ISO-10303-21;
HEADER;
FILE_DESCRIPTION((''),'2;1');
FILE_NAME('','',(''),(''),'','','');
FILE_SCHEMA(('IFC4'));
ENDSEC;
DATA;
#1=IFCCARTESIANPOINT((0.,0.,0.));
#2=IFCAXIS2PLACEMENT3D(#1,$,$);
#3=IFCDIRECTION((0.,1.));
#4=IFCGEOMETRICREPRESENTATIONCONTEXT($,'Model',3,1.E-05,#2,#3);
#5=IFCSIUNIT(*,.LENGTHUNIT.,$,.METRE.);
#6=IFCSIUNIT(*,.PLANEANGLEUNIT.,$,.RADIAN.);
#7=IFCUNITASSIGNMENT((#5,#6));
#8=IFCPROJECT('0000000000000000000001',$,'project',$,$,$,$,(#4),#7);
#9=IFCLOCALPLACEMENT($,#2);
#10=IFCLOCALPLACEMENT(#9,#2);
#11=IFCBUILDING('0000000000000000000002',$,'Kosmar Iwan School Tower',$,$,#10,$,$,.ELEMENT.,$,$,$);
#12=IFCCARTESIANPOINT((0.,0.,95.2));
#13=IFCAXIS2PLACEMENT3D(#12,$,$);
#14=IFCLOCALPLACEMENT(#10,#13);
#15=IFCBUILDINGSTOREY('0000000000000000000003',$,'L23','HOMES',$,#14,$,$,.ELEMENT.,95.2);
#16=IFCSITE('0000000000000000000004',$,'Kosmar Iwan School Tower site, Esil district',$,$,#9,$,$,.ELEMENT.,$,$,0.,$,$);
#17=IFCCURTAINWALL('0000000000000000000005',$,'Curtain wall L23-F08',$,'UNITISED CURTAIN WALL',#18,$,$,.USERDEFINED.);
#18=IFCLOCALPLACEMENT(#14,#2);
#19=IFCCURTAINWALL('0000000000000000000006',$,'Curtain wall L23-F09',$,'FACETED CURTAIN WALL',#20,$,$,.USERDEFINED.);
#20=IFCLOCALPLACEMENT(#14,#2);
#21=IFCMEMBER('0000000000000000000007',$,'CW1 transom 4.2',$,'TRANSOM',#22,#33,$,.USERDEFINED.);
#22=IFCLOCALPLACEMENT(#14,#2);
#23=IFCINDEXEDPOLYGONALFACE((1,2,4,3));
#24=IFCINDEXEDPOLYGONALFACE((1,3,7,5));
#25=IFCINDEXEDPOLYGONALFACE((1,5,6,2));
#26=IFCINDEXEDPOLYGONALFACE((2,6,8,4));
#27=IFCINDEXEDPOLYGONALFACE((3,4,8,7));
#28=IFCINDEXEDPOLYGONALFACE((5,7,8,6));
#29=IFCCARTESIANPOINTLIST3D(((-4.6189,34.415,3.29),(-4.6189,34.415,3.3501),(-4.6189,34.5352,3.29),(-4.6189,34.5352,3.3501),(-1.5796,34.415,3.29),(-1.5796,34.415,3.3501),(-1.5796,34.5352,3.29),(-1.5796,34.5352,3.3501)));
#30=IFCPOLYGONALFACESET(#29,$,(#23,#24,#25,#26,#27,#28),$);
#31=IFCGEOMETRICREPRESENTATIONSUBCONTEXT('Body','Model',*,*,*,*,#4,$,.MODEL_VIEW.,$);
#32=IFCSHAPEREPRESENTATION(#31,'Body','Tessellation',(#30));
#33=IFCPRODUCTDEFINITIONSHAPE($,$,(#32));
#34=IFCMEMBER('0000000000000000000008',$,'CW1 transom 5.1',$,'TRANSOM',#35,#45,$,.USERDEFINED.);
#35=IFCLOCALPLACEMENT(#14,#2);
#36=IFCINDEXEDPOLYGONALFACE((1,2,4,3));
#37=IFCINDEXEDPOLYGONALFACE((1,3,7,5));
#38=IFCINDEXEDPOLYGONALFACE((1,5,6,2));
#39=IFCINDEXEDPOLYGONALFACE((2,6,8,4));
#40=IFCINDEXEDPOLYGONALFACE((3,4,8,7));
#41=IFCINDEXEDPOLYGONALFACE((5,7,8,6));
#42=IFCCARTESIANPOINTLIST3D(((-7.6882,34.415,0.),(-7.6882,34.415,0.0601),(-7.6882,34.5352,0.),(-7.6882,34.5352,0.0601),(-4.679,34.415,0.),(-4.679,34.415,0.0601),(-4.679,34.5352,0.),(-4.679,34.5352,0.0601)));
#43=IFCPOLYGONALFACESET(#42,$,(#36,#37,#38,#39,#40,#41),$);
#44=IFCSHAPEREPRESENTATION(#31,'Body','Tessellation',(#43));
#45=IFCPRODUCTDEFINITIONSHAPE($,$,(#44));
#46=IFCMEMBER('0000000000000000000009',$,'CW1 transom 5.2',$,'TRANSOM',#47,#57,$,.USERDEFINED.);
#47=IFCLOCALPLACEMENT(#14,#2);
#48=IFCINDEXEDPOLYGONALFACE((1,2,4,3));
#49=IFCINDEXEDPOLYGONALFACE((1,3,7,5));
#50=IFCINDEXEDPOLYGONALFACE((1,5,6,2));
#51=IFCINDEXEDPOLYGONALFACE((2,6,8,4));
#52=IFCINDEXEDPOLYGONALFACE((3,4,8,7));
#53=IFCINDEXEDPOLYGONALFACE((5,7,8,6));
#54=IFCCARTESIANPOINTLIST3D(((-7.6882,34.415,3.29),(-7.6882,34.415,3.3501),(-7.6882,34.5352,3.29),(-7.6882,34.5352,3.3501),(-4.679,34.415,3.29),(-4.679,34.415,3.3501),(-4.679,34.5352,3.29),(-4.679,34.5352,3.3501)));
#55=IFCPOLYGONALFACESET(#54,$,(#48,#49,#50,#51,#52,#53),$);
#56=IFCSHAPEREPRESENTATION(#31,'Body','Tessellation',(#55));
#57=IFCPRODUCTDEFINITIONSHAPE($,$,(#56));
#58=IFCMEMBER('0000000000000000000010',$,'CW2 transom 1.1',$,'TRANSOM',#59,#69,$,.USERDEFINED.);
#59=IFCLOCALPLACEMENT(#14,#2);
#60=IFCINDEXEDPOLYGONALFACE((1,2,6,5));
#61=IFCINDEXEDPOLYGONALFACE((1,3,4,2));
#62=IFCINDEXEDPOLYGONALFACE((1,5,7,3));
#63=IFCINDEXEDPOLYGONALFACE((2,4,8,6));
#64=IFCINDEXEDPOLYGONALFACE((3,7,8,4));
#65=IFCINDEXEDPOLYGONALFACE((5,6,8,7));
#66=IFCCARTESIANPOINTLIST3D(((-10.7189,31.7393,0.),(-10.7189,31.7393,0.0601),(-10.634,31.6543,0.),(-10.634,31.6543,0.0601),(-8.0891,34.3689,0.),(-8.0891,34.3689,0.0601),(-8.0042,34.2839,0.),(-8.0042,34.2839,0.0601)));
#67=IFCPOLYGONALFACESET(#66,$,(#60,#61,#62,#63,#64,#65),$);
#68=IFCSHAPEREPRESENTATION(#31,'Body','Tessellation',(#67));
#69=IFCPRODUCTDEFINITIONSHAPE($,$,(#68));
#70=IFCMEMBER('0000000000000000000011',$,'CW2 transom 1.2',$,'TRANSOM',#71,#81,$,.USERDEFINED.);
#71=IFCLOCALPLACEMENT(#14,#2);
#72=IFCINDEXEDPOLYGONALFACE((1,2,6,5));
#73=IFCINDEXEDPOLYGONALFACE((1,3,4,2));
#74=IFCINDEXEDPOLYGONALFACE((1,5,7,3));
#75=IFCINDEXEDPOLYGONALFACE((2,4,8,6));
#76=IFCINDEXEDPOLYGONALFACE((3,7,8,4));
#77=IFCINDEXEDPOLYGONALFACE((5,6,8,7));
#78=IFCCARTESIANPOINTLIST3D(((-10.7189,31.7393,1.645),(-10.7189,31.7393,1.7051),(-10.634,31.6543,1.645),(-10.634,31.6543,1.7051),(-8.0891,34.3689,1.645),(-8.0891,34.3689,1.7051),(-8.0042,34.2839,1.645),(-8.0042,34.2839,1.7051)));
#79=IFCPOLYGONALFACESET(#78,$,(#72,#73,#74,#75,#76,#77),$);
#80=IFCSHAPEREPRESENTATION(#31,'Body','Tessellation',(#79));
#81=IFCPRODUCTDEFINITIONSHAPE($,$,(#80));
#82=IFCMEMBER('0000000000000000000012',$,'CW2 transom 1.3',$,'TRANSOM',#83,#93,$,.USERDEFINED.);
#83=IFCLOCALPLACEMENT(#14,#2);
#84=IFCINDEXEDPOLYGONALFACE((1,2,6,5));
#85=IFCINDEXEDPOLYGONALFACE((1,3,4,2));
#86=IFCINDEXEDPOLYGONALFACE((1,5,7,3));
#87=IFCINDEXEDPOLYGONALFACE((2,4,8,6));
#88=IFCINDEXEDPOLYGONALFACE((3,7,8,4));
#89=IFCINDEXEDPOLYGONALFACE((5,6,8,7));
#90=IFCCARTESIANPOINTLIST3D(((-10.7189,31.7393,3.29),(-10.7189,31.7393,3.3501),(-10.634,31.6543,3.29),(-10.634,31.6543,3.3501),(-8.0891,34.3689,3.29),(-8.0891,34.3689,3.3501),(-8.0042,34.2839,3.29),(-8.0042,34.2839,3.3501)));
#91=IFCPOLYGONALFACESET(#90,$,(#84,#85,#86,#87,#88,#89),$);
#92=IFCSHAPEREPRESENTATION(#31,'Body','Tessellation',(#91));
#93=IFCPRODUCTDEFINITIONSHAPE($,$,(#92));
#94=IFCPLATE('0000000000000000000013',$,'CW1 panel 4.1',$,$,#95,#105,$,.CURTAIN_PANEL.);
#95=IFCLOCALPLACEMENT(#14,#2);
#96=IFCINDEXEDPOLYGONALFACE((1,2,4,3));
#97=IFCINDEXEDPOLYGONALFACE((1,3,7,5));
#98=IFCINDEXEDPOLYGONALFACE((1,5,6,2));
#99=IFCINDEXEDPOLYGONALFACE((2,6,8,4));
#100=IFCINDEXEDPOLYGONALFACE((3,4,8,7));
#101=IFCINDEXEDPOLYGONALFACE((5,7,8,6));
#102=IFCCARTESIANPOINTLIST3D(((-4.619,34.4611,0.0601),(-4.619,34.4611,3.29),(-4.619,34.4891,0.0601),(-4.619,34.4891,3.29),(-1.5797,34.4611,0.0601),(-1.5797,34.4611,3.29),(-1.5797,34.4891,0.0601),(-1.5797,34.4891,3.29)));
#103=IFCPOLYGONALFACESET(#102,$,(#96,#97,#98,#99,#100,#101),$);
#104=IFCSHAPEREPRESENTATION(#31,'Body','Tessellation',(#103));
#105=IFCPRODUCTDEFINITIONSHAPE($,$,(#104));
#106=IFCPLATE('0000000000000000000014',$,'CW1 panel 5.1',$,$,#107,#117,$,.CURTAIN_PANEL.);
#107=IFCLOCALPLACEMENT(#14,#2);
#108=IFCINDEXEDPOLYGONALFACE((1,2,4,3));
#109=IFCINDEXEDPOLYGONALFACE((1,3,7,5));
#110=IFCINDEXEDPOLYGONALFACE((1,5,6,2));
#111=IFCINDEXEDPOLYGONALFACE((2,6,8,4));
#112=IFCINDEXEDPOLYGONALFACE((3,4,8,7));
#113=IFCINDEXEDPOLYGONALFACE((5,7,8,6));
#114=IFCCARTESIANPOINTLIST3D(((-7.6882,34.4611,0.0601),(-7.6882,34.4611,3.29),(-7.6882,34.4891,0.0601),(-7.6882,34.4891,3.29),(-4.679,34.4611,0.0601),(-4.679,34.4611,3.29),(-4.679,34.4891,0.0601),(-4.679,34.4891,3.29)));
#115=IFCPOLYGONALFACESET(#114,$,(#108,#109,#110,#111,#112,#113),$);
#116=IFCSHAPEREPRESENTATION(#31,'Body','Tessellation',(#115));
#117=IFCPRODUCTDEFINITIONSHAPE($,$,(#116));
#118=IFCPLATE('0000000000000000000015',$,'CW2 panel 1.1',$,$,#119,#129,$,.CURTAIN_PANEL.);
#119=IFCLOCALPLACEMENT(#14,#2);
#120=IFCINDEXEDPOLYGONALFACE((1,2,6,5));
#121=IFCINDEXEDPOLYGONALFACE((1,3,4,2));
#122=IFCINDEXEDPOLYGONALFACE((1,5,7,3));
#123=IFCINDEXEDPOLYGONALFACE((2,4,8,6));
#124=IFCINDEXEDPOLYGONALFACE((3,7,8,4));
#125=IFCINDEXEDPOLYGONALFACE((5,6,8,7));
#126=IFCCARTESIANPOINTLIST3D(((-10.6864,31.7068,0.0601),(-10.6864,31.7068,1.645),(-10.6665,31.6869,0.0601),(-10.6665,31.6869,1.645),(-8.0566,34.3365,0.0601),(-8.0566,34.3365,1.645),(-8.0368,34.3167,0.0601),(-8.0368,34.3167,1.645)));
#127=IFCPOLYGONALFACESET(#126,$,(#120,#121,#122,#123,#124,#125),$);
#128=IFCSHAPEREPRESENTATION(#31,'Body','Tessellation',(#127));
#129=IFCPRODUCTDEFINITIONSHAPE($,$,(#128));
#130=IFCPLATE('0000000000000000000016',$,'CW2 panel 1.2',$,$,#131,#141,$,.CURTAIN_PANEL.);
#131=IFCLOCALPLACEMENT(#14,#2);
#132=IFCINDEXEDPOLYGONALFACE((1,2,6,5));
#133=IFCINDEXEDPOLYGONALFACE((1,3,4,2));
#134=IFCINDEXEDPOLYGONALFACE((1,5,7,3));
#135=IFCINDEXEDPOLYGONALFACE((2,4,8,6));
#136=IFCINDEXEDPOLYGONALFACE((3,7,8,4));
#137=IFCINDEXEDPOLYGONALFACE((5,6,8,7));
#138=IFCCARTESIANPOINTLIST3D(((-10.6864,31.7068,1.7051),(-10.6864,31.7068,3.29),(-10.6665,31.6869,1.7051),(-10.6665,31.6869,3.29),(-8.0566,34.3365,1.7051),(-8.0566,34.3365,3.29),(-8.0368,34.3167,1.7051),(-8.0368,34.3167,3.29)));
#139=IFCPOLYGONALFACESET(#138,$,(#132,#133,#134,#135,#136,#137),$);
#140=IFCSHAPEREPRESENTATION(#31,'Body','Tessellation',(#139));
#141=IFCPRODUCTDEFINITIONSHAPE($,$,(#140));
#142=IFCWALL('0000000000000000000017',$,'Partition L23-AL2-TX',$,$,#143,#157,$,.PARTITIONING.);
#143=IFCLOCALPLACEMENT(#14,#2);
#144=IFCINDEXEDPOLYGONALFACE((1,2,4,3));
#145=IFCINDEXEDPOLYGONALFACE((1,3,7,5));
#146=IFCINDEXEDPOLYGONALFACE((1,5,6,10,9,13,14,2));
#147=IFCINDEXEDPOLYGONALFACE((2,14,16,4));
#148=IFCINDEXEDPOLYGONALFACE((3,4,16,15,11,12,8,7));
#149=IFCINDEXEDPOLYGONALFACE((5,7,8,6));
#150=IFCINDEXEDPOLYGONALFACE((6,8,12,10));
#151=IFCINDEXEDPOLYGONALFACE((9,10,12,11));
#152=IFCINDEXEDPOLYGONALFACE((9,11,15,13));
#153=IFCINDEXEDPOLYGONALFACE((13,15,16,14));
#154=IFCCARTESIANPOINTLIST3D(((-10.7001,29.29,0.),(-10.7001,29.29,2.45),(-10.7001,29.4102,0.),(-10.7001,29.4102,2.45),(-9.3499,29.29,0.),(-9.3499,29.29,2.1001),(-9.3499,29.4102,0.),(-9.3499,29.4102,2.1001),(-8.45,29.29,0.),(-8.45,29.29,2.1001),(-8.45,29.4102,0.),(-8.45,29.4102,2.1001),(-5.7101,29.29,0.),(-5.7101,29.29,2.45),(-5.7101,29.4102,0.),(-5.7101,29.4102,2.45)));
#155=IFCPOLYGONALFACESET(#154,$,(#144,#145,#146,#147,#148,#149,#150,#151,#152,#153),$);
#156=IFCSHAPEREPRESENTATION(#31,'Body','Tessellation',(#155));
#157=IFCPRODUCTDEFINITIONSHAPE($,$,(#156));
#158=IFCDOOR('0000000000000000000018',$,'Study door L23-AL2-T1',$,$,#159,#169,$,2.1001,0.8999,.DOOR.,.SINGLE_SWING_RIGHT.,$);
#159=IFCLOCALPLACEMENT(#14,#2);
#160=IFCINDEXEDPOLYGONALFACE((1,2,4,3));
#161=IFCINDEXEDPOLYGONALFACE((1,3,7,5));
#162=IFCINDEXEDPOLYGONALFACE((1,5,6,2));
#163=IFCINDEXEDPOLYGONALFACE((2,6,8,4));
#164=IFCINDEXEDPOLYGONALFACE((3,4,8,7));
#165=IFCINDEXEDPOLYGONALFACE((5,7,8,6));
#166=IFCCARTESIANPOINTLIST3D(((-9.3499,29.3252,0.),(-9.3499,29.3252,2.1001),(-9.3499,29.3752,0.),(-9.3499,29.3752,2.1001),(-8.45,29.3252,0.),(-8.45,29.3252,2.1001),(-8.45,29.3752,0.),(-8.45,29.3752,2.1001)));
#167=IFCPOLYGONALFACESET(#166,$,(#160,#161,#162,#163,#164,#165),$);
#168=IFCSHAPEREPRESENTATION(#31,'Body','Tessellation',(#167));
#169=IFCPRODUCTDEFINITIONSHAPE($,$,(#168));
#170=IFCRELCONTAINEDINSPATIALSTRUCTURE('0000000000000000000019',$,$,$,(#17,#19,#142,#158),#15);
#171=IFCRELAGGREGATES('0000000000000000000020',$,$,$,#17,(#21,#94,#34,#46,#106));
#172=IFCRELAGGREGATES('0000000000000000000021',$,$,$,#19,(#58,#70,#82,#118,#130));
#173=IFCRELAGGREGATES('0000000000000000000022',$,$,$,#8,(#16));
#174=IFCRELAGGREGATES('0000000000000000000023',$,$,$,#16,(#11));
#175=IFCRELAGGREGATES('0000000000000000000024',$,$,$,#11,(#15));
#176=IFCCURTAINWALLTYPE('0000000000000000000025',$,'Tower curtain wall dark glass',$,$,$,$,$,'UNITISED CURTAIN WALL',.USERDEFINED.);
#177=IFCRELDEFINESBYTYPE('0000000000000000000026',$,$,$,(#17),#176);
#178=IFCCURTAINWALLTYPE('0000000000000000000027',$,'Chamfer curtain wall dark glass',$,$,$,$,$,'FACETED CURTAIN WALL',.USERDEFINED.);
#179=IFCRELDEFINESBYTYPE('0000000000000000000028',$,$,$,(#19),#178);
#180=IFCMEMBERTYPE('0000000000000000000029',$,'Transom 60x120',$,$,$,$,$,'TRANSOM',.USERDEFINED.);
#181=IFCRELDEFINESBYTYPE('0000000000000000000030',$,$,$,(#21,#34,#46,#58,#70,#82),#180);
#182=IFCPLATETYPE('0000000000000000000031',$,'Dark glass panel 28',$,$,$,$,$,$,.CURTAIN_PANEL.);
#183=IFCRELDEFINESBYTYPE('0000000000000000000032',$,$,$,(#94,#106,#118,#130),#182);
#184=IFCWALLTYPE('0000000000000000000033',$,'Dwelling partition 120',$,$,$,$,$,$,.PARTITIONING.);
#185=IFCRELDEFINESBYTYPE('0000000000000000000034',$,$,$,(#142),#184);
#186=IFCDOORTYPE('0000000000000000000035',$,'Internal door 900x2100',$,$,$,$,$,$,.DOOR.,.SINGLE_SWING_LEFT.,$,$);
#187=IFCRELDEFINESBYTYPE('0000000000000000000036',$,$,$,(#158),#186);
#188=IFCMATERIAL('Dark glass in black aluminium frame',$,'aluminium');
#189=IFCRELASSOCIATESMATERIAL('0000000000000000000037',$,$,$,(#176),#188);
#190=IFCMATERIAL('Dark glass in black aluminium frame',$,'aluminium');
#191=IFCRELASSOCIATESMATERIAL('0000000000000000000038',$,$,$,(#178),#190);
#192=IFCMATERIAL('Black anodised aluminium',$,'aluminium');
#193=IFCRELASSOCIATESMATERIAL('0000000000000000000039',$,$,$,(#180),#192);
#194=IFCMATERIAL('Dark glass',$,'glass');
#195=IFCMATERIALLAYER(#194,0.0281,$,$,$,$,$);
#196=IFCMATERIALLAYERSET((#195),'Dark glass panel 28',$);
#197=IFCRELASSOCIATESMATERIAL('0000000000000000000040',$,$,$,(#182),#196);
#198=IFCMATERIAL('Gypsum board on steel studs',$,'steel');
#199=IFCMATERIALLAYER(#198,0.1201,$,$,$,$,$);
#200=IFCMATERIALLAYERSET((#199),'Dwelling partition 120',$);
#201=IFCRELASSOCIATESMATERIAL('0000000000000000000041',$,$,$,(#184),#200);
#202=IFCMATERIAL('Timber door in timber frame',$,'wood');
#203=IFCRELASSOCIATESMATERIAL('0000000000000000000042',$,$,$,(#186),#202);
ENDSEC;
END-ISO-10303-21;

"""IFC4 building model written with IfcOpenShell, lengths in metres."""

from ifc_helpers import new_model, si_unit, direction, frame, frame_2d, origin, origin_2d, place, context, subcontext, project, spatial, rectangle, extrude, material, layer, layer_set, material_profile, profile_set, type_object, element, fill, aggregate, save


model = new_model("IFC4")

# Units and contexts
model_context = context("Model", 3, precision=1e-05, world=origin(), true_north=direction((0.0, 1.0)))
body_context = subcontext(model_context, "Body", "Model", "MODEL_VIEW")
ifc_project = project(units=[si_unit("LENGTHUNIT", "METRE"), si_unit("PLANEANGLEUNIT", "RADIAN")], contexts=[model_context])

# Site, building, storey
site_placement = place(None, origin())
site = spatial("IfcSite", under=ifc_project, at=site_placement, Name="Kosmar Iwan School Tower site, Esil district", CompositionType="ELEMENT", RefElevation=0.0)
building_placement = place(site_placement, origin())
building = spatial("IfcBuilding", under=site, at=building_placement, Name="Kosmar Iwan School Tower", CompositionType="ELEMENT")
storey_placement = place(building_placement, frame((0.0, 0.0, 95.2)))
storey = spatial("IfcBuildingStorey", under=building, at=storey_placement, Name="L23", Description="HOMES", CompositionType="ELEMENT", Elevation=95.2)

# Curtain walls
ifc_material_1 = material(Name="Dark glass in black aluminium frame", Category="aluminium")
curtain_wall_type_1 = type_object("IfcCurtainWallType", Name="Tower curtain wall dark glass", ElementType="UNITISED CURTAIN WALL", PredefinedType="USERDEFINED", material=ifc_material_1)
curtain_wall_1_placement = place(storey_placement, origin())
curtain_wall_1 = element("IfcCurtainWall", 1, at=curtain_wall_1_placement, inside=storey, type_object=curtain_wall_type_1, Name="Curtain wall L23-F08", ObjectType="UNITISED CURTAIN WALL", PredefinedType="USERDEFINED")
ifc_material_2 = material(Name="Dark glass in black aluminium frame", Category="aluminium")
curtain_wall_type_2 = type_object("IfcCurtainWallType", Name="Chamfer curtain wall dark glass", ElementType="FACETED CURTAIN WALL", PredefinedType="USERDEFINED", material=ifc_material_2)
curtain_wall_2_placement = place(storey_placement, origin())
curtain_wall_2 = element("IfcCurtainWall", 2, at=curtain_wall_2_placement, inside=storey, type_object=curtain_wall_type_2, Name="Curtain wall L23-F09", ObjectType="FACETED CURTAIN WALL", PredefinedType="USERDEFINED")

# Members
ifc_material_3 = material(Name="Black anodised aluminium", Category="aluminium")
ifc_material_profile_1 = material_profile(ifc_material_3, rectangle(XDim=0.1201, YDim=0.0601, at=origin_2d()), Name="TRANSOM 60x120")
ifc_profile_set_1 = profile_set([ifc_material_profile_1], Name="Black anodised aluminium")
member_type_1 = type_object("IfcMemberType", Name="Transom 60x120", ElementType="TRANSOM", PredefinedType="USERDEFINED", material=ifc_profile_set_1)
member_1_placement = place(storey_placement, frame((-1.5796, 34.4751, 3.3201), z_axis=(-1.0, 0.0, 0.0), x_axis=(0.0, -1.0, 0.0)))
member_1 = element("IfcMember", 3, at=member_1_placement, type_object=member_type_1, Name="CW1 transom 4.2", ObjectType="TRANSOM", PredefinedType="USERDEFINED", context=body_context, shape_type="SweptSolid", body=[
    extrude(rectangle(XDim=0.1201, YDim=0.0601, at=origin_2d()), origin(), (0.0, 0.0, 1.0), 3.0393),
])
member_2_placement = place(storey_placement, frame((-4.679, 34.4751, 0.03), z_axis=(-1.0, 0.0, 0.0), x_axis=(0.0, -1.0, 0.0)))
member_2 = element("IfcMember", 4, at=member_2_placement, type_object=member_type_1, Name="CW1 transom 5.1", ObjectType="TRANSOM", PredefinedType="USERDEFINED", context=body_context, shape_type="SweptSolid", body=[
    extrude(rectangle(XDim=0.1201, YDim=0.0601, at=origin_2d()), origin(), (0.0, 0.0, 1.0), 3.0093),
])
member_3_placement = place(storey_placement, frame((-4.679, 34.4751, 3.3201), z_axis=(-1.0, 0.0, 0.0), x_axis=(0.0, -1.0, 0.0)))
member_3 = element("IfcMember", 5, at=member_3_placement, type_object=member_type_1, Name="CW1 transom 5.2", ObjectType="TRANSOM", PredefinedType="USERDEFINED", context=body_context, shape_type="SweptSolid", body=[
    extrude(rectangle(XDim=0.1201, YDim=0.0601, at=origin_2d()), origin(), (0.0, 0.0, 1.0), 3.0093),
])
member_4_placement = place(storey_placement, frame((-8.0466, 34.3264, 0.03), z_axis=(-0.70714, -0.707074, 0.0), x_axis=(0.707074, -0.70714, 0.0)))
member_4 = element("IfcMember", 6, at=member_4_placement, type_object=member_type_1, Name="CW2 transom 1.1", ObjectType="TRANSOM", PredefinedType="USERDEFINED", context=body_context, shape_type="SweptSolid", body=[
    extrude(rectangle(XDim=0.1201, YDim=0.0601, at=origin_2d()), origin(), (0.0, 0.0, 1.0), 3.719),
])
member_5_placement = place(storey_placement, frame((-8.0466, 34.3264, 1.675), z_axis=(-0.70714, -0.707074, 0.0), x_axis=(0.707074, -0.70714, 0.0)))
member_5 = element("IfcMember", 7, at=member_5_placement, type_object=member_type_1, Name="CW2 transom 1.2", ObjectType="TRANSOM", PredefinedType="USERDEFINED", context=body_context, shape_type="SweptSolid", body=[
    extrude(rectangle(XDim=0.1201, YDim=0.0601, at=origin_2d()), origin(), (0.0, 0.0, 1.0), 3.719),
])
member_6_placement = place(storey_placement, frame((-8.0466, 34.3264, 3.3201), z_axis=(-0.70714, -0.707074, 0.0), x_axis=(0.707074, -0.70714, 0.0)))
member_6 = element("IfcMember", 8, at=member_6_placement, type_object=member_type_1, Name="CW2 transom 1.3", ObjectType="TRANSOM", PredefinedType="USERDEFINED", context=body_context, shape_type="SweptSolid", body=[
    extrude(rectangle(XDim=0.1201, YDim=0.0601, at=origin_2d()), origin(), (0.0, 0.0, 1.0), 3.719),
])

# Plates
ifc_material_4 = material(Name="Dark glass", Category="glass")
ifc_layer_1 = layer(ifc_material_4, 0.0281)
ifc_layer_set_1 = layer_set([ifc_layer_1], Name="Dark glass panel 28")
plate_type = type_object("IfcPlateType", Name="Dark glass panel 28", PredefinedType="CURTAIN_PANEL", material=ifc_layer_set_1)
plate_1_placement = place(storey_placement, frame((-3.0994, 34.4751, 0.0601), z_axis=(0.0, 0.0, 1.0), x_axis=(-1.0, 0.0, 0.0)))
plate_1 = element("IfcPlate", 9, at=plate_1_placement, type_object=plate_type, Name="CW1 panel 4.1", PredefinedType="CURTAIN_PANEL", context=body_context, shape_type="SweptSolid", body=[
    extrude(rectangle(XDim=3.0393, YDim=0.0281, at=origin_2d()), origin(), (0.0, 0.0, 1.0), 3.23),
])
plate_2_placement = place(storey_placement, frame((-6.1836, 34.4751, 0.0601), z_axis=(0.0, 0.0, 1.0), x_axis=(-1.0, 0.0, 0.0)))
plate_2 = element("IfcPlate", 10, at=plate_2_placement, type_object=plate_type, Name="CW1 panel 5.1", PredefinedType="CURTAIN_PANEL", context=body_context, shape_type="SweptSolid", body=[
    extrude(rectangle(XDim=3.0093, YDim=0.0281, at=origin_2d()), origin(), (0.0, 0.0, 1.0), 3.23),
])
aggregate(curtain_wall_1, [member_1, plate_1, member_2, member_3, plate_2])
plate_3_placement = place(storey_placement, frame((-9.3616, 33.0117, 0.0601), z_axis=(0.0, 0.0, 1.0), x_axis=(-0.707107, -0.707107, 0.0)))
plate_3 = element("IfcPlate", 11, at=plate_3_placement, type_object=plate_type, Name="CW2 panel 1.1", PredefinedType="CURTAIN_PANEL", context=body_context, shape_type="SweptSolid", body=[
    extrude(rectangle(XDim=3.719, YDim=0.0281, at=origin_2d()), origin(), (0.0, 0.0, 1.0), 1.585),
])
plate_4_placement = place(storey_placement, frame((-9.3616, 33.0117, 1.7051), z_axis=(0.0, 0.0, 1.0), x_axis=(-0.707107, -0.707107, 0.0)))
plate_4 = element("IfcPlate", 12, at=plate_4_placement, type_object=plate_type, Name="CW2 panel 1.2", PredefinedType="CURTAIN_PANEL", context=body_context, shape_type="SweptSolid", body=[
    extrude(rectangle(XDim=3.719, YDim=0.0281, at=origin_2d()), origin(), (0.0, 0.0, 1.0), 1.585),
])
aggregate(curtain_wall_2, [member_4, member_5, member_6, plate_3, plate_4])

# Wall, opening, door
ifc_material_5 = material(Name="Gypsum board on steel studs", Category="steel")
ifc_layer_2 = layer(ifc_material_5, 0.1201)
ifc_layer_set_2 = layer_set([ifc_layer_2], Name="Dwelling partition 120")
wall_type_1 = type_object("IfcWallType", Name="Dwelling partition 120", PredefinedType="PARTITIONING", material=ifc_layer_set_2)
wall_1_placement = place(storey_placement, frame((-5.71, 29.3501, 0.0), z_axis=(0.0, 0.0, 1.0), x_axis=(-1.0, 0.0, 0.0)))
wall_1 = element("IfcWall", 13, at=wall_1_placement, inside=storey, type_object=wall_type_1, Name="Partition L23-AL2-TX", PredefinedType="PARTITIONING", context=body_context, shape_type="SweptSolid", body=[
    extrude(rectangle(XDim=4.99, YDim=0.1201, at=frame_2d((2.4951, 0.0))), origin(), (0.0, 0.0, 1.0), 2.45),
])
opening_1_placement = place(wall_1_placement, frame((2.74, 0.0, 0.0)))
opening_1 = element("IfcOpeningElement", 14, at=opening_1_placement, cuts=wall_1, PredefinedType="OPENING", context=body_context, shape_type="SweptSolid", body=[
    extrude(rectangle(XDim=0.8999, YDim=2.1001, at=frame_2d((0.45, 1.05))), frame((0.0, 0.072, 0.0), z_axis=(0.0, -1.0, 0.0), x_axis=(1.0, 0.0, 0.0)), (0.0, 0.0, 1.0), 0.144),
])
ifc_material_6 = material(Name="Timber door in timber frame", Category="wood")
door_type_1 = type_object("IfcDoorType", Name="Internal door 900x2100", OperationType="SINGLE_SWING_LEFT", PredefinedType="DOOR", material=ifc_material_6)
door_1_placement = place(opening_1_placement, origin())
door_1 = element("IfcDoor", 15, at=door_1_placement, inside=storey, type_object=door_type_1, Name="Study door L23-AL2-T1", OperationType="SINGLE_SWING_RIGHT", OverallHeight=2.1001, OverallWidth=0.8999, PredefinedType="DOOR", context=body_context, shape_type="SweptSolid", body=[
    extrude(rectangle(XDim=0.8999, YDim=2.1001, at=frame_2d((0.45, 1.05))), frame((0.0, 0.0249, 0.0), z_axis=(0.0, -1.0, 0.0), x_axis=(1.0, 0.0, 0.0)), (0.0, 0.0, 1.0), 0.05),
])
fill(opening_1, door_1)

save(model, "model.ifc")
